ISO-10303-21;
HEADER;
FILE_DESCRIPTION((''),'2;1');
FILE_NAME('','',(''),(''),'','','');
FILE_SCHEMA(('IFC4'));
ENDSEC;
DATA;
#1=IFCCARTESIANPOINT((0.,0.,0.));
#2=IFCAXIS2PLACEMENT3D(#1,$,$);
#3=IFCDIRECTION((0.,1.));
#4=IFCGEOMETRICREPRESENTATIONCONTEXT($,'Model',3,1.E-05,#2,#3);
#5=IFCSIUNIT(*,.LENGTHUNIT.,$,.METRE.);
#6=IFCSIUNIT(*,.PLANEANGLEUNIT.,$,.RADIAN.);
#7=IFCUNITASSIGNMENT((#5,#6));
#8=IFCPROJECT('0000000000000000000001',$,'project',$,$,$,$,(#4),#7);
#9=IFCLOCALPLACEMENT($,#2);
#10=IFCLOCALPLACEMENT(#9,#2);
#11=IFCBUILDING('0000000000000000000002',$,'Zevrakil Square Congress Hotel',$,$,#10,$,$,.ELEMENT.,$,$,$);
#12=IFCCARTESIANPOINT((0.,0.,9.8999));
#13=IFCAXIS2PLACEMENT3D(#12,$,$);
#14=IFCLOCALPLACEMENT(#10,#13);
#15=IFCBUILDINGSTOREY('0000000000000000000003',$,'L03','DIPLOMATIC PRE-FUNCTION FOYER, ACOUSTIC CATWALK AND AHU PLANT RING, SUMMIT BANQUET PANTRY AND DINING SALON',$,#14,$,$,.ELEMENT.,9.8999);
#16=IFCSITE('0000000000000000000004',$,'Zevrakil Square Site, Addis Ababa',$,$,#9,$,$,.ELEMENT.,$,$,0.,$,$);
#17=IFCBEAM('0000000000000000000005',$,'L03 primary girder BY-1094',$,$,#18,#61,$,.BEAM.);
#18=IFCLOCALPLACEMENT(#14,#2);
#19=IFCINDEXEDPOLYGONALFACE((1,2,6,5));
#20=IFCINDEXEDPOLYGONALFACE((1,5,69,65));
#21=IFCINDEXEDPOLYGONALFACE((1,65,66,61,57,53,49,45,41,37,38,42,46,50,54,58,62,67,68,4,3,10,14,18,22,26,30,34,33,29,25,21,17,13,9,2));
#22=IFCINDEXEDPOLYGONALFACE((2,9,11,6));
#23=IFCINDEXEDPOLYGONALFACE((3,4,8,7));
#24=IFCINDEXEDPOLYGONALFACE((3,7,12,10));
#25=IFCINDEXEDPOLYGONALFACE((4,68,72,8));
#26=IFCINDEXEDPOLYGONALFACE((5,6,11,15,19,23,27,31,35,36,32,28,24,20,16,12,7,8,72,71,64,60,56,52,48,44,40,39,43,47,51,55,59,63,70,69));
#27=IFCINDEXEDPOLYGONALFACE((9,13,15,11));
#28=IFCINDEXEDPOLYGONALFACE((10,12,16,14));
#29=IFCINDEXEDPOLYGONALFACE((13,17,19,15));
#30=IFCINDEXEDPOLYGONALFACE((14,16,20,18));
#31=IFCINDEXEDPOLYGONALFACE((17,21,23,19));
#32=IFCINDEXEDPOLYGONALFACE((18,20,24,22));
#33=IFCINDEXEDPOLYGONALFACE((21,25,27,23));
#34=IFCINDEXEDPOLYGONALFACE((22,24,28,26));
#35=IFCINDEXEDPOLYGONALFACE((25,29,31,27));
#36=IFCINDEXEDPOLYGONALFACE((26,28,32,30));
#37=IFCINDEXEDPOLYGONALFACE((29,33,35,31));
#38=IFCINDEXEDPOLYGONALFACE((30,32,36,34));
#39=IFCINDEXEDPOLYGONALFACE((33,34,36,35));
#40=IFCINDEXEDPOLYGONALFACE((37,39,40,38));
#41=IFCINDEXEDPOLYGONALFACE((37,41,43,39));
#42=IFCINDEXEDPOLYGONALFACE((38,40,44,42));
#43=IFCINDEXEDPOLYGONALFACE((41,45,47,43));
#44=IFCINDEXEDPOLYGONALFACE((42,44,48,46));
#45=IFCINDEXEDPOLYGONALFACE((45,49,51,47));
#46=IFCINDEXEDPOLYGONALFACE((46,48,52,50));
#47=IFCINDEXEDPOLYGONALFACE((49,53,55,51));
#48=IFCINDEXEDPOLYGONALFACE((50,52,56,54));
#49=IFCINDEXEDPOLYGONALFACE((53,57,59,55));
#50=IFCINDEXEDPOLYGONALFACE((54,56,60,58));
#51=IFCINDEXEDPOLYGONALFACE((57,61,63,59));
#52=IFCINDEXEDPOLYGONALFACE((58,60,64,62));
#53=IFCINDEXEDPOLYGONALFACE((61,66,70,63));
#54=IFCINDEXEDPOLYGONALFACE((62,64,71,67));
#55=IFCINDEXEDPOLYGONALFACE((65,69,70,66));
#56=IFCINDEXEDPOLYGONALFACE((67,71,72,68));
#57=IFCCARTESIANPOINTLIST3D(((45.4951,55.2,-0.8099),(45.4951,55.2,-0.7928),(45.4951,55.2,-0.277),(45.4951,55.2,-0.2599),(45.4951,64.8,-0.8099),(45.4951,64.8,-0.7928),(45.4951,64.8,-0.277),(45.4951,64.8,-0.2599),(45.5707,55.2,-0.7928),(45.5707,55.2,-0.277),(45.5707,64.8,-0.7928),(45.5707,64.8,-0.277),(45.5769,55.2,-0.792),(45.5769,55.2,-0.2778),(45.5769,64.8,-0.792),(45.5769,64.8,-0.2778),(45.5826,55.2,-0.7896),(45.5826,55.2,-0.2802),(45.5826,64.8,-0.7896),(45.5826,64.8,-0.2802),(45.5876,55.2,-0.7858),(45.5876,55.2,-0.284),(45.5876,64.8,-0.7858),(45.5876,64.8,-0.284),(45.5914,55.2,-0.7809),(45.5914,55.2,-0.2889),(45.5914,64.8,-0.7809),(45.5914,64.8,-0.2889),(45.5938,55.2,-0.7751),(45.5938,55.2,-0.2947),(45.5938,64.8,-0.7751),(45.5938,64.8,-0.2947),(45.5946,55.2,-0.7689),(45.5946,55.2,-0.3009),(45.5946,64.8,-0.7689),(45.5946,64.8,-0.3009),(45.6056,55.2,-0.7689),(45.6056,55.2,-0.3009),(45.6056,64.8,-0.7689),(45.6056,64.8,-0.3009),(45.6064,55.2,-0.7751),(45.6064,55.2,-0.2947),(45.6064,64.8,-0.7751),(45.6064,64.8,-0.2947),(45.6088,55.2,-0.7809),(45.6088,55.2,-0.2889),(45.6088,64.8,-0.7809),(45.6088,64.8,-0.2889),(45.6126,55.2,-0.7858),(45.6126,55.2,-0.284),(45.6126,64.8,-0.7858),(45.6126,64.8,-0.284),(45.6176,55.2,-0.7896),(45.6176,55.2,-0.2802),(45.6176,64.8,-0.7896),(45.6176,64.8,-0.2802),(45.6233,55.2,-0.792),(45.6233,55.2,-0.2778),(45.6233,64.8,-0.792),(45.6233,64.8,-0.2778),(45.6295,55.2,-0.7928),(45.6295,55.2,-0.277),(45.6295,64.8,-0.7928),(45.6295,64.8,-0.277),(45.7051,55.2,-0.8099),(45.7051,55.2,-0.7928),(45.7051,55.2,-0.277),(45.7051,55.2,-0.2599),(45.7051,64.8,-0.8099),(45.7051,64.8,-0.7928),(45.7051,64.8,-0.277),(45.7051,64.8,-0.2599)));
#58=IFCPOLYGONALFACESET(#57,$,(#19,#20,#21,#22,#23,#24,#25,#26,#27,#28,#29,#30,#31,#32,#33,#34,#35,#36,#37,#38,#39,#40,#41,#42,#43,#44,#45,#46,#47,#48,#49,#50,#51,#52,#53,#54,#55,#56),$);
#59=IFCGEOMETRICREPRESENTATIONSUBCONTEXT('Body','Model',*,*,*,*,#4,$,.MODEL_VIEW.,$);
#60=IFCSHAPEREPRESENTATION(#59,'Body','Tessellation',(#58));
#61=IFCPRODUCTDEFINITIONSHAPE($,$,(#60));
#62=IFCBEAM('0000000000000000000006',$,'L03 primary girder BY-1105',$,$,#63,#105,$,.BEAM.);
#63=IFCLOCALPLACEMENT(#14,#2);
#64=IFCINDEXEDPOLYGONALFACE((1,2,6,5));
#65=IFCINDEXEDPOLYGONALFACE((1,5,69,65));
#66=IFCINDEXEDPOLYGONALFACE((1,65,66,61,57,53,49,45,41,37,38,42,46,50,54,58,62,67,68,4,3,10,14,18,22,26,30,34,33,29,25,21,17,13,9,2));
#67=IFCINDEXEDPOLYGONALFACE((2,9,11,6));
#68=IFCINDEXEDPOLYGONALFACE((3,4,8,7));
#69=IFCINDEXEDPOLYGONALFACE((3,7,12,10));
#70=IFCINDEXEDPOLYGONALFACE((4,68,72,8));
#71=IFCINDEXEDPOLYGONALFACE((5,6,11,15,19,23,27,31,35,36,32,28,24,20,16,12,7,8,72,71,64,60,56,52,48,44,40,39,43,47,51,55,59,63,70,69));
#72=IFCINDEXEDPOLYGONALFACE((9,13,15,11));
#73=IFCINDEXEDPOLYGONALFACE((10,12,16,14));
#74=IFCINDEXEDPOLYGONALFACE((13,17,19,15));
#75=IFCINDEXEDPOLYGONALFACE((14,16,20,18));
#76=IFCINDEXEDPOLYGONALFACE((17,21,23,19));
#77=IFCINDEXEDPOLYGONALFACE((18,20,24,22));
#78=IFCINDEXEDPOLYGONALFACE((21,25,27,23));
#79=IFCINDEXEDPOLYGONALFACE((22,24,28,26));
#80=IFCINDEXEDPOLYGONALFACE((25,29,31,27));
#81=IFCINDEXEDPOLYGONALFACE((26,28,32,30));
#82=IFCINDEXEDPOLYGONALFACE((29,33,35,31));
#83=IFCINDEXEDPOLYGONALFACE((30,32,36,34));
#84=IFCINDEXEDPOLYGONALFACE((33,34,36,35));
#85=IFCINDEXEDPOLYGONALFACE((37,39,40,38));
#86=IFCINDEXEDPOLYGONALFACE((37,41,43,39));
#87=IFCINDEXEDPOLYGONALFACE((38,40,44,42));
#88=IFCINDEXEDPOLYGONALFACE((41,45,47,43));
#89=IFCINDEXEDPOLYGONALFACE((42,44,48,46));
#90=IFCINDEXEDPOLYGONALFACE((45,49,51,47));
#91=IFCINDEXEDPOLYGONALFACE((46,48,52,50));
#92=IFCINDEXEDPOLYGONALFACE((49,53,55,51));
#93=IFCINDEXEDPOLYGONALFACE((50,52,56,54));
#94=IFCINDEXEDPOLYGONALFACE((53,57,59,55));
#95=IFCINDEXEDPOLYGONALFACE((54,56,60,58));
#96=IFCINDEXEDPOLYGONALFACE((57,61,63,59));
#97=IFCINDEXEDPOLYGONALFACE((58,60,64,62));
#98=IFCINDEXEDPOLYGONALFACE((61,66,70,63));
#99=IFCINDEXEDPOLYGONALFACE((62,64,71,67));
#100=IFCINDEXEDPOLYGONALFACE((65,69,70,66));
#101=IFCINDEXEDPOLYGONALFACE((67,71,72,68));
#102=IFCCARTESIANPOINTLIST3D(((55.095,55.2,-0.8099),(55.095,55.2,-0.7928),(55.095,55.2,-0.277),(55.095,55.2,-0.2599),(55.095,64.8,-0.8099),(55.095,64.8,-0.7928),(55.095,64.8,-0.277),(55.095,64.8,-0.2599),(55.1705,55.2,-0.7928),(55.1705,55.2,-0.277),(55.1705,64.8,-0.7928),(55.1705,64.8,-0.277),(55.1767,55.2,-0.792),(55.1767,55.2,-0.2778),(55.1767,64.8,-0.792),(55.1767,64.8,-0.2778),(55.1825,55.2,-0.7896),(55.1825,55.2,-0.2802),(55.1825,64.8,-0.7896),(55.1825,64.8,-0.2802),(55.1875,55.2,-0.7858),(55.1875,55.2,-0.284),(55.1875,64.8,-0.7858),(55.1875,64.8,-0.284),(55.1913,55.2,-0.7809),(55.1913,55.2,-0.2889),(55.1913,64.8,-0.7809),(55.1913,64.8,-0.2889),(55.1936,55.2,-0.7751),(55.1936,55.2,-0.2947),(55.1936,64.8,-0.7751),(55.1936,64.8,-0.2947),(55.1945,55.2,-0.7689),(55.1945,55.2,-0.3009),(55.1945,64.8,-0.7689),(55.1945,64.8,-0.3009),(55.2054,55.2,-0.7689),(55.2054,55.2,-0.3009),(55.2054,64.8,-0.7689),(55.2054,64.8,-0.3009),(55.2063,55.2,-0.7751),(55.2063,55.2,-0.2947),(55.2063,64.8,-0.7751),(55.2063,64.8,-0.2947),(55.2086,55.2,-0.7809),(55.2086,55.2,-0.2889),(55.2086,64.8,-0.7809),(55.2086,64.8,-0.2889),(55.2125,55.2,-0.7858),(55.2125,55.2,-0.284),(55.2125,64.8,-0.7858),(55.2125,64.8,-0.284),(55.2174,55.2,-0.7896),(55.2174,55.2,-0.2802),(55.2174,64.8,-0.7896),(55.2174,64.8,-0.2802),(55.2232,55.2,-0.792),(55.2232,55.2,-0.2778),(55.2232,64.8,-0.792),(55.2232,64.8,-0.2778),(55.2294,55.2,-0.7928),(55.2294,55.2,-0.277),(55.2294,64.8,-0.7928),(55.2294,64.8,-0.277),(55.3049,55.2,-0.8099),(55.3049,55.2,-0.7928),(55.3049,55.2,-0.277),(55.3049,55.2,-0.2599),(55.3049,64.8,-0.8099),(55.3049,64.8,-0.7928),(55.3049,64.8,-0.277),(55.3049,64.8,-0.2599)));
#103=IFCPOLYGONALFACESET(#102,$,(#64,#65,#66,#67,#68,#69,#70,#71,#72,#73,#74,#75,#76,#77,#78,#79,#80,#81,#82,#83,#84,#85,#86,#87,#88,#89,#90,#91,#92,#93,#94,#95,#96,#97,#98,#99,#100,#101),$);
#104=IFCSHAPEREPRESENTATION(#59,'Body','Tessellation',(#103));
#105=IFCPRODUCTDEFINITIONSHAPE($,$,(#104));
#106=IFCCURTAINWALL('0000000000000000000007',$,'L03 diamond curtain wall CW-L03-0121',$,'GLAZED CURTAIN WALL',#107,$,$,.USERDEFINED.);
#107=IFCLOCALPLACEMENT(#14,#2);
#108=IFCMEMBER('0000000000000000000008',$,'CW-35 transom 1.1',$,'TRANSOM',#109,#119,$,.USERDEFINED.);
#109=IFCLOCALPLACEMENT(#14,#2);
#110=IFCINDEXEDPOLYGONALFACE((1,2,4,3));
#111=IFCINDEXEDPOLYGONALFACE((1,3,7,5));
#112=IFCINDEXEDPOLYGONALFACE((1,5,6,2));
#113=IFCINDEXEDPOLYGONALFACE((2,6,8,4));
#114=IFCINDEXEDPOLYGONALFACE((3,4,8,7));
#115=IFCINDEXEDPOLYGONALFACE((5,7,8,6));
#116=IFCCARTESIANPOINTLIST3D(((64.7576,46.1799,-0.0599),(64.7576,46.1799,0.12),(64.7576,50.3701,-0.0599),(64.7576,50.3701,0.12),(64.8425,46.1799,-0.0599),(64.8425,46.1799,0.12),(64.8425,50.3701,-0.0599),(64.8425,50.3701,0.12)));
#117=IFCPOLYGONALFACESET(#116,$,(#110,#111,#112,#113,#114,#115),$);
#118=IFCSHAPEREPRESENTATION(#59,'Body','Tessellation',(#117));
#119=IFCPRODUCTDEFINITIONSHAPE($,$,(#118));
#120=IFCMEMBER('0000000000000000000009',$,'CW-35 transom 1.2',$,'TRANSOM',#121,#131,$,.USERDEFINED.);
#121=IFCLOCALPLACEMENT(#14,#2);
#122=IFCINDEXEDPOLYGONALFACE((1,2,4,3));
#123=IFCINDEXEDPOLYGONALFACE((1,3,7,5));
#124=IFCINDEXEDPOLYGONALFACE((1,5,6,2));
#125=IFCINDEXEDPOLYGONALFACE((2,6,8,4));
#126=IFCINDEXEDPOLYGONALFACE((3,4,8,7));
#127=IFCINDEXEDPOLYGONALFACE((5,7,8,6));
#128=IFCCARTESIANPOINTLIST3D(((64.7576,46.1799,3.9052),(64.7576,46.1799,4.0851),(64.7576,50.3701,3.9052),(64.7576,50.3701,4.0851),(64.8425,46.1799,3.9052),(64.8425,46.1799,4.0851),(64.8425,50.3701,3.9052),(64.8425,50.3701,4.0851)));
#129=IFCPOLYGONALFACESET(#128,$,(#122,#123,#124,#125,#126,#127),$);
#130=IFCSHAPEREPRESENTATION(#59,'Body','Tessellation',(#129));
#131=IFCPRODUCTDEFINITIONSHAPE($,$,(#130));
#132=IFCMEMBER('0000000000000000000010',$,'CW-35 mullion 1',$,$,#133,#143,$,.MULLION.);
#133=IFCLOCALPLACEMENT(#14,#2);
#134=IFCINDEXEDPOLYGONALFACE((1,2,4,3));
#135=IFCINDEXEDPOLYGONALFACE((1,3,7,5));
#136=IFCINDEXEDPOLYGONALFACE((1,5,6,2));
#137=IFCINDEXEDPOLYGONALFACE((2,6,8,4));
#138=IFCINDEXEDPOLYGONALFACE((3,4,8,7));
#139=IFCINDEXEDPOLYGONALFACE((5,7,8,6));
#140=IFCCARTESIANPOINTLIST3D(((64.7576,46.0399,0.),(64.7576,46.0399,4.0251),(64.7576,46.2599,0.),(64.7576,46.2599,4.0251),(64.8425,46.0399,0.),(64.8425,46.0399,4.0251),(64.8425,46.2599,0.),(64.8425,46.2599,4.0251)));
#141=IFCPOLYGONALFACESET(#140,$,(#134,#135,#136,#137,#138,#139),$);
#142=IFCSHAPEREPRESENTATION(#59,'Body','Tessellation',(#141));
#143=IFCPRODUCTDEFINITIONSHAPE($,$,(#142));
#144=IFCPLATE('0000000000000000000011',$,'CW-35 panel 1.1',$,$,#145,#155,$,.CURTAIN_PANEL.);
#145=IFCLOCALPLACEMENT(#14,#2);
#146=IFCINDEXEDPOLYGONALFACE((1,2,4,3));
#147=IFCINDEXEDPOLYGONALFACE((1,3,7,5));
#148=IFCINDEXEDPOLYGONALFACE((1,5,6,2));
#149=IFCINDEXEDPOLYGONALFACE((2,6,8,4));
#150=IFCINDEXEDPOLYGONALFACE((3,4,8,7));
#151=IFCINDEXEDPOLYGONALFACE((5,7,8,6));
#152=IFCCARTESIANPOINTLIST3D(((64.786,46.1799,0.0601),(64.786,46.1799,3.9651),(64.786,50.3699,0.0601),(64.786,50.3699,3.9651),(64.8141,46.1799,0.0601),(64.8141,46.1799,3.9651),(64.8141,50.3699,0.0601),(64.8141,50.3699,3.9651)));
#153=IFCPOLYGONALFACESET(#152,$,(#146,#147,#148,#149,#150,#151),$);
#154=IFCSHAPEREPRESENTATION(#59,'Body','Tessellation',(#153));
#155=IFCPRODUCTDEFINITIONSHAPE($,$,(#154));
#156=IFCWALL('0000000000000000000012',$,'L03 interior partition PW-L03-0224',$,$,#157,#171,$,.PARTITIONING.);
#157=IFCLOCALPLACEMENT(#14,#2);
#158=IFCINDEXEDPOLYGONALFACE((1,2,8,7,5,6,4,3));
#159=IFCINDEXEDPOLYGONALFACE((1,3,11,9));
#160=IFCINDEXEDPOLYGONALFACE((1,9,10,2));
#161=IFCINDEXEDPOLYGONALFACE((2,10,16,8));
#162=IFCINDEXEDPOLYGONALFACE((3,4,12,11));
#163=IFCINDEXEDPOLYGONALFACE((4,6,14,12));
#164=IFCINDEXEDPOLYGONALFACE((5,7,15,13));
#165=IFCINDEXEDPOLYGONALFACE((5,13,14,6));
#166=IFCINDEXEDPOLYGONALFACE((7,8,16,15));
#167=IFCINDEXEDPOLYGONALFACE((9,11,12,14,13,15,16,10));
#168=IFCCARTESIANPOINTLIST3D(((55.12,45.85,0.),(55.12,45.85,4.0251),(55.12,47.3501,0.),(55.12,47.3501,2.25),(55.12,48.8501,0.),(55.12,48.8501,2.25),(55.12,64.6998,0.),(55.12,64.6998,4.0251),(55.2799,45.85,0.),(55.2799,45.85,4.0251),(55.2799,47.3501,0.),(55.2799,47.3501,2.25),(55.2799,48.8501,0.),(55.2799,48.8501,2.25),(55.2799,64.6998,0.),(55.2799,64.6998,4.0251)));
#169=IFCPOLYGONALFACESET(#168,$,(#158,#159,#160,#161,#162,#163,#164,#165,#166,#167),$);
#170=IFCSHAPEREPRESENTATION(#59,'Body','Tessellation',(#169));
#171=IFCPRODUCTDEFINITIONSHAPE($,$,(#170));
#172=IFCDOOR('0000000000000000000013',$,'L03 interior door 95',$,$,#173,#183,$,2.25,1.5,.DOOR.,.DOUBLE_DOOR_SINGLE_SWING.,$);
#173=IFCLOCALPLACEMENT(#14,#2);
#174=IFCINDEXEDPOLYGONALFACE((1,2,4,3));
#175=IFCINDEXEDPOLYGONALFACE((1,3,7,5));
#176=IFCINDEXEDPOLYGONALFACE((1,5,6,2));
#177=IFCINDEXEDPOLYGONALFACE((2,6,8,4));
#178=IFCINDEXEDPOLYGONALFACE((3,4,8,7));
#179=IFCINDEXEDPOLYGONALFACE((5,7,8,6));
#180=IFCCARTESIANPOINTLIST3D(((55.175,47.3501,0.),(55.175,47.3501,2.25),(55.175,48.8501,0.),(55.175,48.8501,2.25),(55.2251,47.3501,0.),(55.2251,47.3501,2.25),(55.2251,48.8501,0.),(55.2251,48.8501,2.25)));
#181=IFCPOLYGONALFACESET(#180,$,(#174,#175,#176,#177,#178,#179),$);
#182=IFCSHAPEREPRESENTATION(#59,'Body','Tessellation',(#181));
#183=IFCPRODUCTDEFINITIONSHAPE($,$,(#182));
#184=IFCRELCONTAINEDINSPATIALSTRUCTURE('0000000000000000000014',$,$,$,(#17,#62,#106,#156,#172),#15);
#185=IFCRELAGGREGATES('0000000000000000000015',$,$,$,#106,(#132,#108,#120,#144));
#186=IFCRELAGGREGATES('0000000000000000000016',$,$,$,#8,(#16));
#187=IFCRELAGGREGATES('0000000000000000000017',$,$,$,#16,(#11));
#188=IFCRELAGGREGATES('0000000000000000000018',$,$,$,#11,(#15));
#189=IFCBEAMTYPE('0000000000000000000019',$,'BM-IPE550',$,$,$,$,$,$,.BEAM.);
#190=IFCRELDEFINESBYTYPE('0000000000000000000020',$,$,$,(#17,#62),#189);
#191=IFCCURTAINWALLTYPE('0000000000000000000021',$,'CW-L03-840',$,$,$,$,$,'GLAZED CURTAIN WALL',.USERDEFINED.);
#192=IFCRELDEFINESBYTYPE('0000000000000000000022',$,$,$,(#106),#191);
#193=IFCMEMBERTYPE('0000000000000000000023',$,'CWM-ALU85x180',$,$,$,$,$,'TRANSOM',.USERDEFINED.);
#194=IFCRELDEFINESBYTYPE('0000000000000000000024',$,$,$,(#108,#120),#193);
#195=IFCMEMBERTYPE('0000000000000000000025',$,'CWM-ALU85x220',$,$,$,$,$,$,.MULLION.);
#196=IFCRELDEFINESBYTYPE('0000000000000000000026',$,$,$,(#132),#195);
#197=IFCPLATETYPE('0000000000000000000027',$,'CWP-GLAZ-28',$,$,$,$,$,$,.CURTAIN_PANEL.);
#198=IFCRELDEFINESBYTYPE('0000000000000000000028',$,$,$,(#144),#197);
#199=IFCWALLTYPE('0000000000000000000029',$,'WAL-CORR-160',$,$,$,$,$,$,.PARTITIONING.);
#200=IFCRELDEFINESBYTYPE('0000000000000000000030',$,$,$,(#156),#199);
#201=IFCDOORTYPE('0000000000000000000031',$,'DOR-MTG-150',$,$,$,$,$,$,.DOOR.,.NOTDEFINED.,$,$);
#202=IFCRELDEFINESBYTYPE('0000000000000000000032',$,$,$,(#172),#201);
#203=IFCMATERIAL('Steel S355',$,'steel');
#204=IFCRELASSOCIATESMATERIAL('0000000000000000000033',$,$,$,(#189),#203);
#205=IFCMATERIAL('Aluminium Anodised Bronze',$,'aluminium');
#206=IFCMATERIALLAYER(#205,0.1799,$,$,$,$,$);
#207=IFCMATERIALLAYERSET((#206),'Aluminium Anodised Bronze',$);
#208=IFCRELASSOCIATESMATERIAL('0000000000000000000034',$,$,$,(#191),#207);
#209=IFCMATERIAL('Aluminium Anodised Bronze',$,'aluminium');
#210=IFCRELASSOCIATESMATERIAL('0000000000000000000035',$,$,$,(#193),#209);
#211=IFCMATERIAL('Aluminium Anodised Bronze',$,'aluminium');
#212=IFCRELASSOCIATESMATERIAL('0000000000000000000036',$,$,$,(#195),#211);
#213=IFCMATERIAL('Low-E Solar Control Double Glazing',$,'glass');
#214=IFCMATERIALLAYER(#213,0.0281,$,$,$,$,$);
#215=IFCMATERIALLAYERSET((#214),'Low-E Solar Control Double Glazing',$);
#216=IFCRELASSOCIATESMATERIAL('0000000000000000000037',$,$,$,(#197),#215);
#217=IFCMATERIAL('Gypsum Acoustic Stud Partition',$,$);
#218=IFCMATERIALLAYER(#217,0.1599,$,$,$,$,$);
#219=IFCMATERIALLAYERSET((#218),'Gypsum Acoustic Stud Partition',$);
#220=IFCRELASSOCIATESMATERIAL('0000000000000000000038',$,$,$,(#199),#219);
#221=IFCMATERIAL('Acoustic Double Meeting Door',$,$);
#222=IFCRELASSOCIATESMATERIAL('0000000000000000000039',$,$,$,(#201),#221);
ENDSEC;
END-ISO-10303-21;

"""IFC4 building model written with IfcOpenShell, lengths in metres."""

from ifc_helpers import new_model, si_unit, direction, frame, frame_2d, origin, origin_2d, place, context, subcontext, project, spatial, rectangle, i_section, extrude, material, layer, layer_set, material_profile, profile_set, type_object, element, fill, aggregate, save


model = new_model("IFC4")

# Units and contexts
model_context = context("Model", 3, precision=1e-05, world=origin(), true_north=direction((0.0, 1.0)))
body_context = subcontext(model_context, "Body", "Model", "MODEL_VIEW")
ifc_project = project(units=[si_unit("LENGTHUNIT", "METRE"), si_unit("PLANEANGLEUNIT", "RADIAN")], contexts=[model_context])

# Site, building, storey
site_placement = place(None, origin())
site = spatial("IfcSite", under=ifc_project, at=site_placement, Name="Zevrakil Square Site, Addis Ababa", CompositionType="ELEMENT", RefElevation=0.0)
building_placement = place(site_placement, origin())
building = spatial("IfcBuilding", under=site, at=building_placement, Name="Zevrakil Square Congress Hotel", CompositionType="ELEMENT")
storey_placement = place(building_placement, frame((0.0, 0.0, 9.8999)))
storey = spatial("IfcBuildingStorey", under=building, at=storey_placement, Name="L03", Description="DIPLOMATIC PRE-FUNCTION FOYER, ACOUSTIC CATWALK AND AHU PLANT RING, SUMMIT BANQUET PANTRY AND DINING SALON", CompositionType="ELEMENT", Elevation=9.8999)

# Beams
ifc_material_1 = material(Name="Steel S355", Category="steel")
ifc_material_profile_1 = material_profile(ifc_material_1, i_section(OverallWidth=0.21, OverallDepth=0.55, WebThickness=0.011, FlangeThickness=0.0171, FilletRadius=0.0239, at=origin_2d()), Name="IPE 550")
ifc_profile_set_1 = profile_set([ifc_material_profile_1], Name="Steel S355")
beam_type_1 = type_object("IfcBeamType", Name="BM-IPE550", PredefinedType="BEAM", material=ifc_profile_set_1)
for number, where, z_axis, x_axis, name in (
    (1, (45.6001, 55.2, -0.5349), (0.0, 1.0, 0.0), (-1.0, 0.0, 0.0), "L03 primary girder BY-1094"),
    (2, (55.2, 55.2, -0.5349), (0.0, 1.0, 0.0), (-1.0, 0.0, 0.0), "L03 primary girder BY-1105"),
):
    element("IfcBeam", number, at=place(storey_placement, frame(where, z_axis=z_axis, x_axis=x_axis)), inside=storey, type_object=beam_type_1, Name=name, PredefinedType="BEAM", context=body_context, shape_type="SweptSolid", body=[
        extrude(i_section(OverallWidth=0.21, OverallDepth=0.55, WebThickness=0.011, FlangeThickness=0.0171, FilletRadius=0.0239, at=origin_2d()), origin(), (0.0, 0.0, 1.0), 9.6001),
    ])

# Curtain wall, members, plate
ifc_material_2 = material(Name="Aluminium Anodised Bronze", Category="aluminium")
ifc_layer_1 = layer(ifc_material_2, 0.1799)
ifc_layer_set_1 = layer_set([ifc_layer_1], Name="Aluminium Anodised Bronze")
curtain_wall_type = type_object("IfcCurtainWallType", Name="CW-L03-840", ElementType="GLAZED CURTAIN WALL", PredefinedType="USERDEFINED", material=ifc_layer_set_1)
curtain_wall_placement = place(storey_placement, origin())
curtain_wall = element("IfcCurtainWall", 3, at=curtain_wall_placement, inside=storey, type_object=curtain_wall_type, Name="L03 diamond curtain wall CW-L03-0121", ObjectType="GLAZED CURTAIN WALL", PredefinedType="USERDEFINED")
ifc_material_3 = material(Name="Aluminium Anodised Bronze", Category="aluminium")
ifc_material_profile_2 = material_profile(ifc_material_3, rectangle(XDim=0.085, YDim=0.1799, at=origin_2d()), Name="ALU 85x180")
ifc_profile_set_2 = profile_set([ifc_material_profile_2], Name="Aluminium Anodised Bronze")
member_type_1 = type_object("IfcMemberType", Name="CWM-ALU85x180", ElementType="TRANSOM", PredefinedType="USERDEFINED", material=ifc_profile_set_2)
member_1_placement = place(storey_placement, frame((64.8, 46.1799, 0.03), z_axis=(0.0, 1.0, 0.0), x_axis=(-1.0, 0.0, 0.0)))
member_1 = element("IfcMember", 4, at=member_1_placement, type_object=member_type_1, Name="CW-35 transom 1.1", ObjectType="TRANSOM", PredefinedType="USERDEFINED", context=body_context, shape_type="SweptSolid", body=[
    extrude(rectangle(XDim=0.085, YDim=0.1799, at=origin_2d()), origin(), (0.0, 0.0, 1.0), 4.1902),
])
member_2_placement = place(storey_placement, frame((64.8, 46.1799, 3.9951), z_axis=(0.0, 1.0, 0.0), x_axis=(-1.0, 0.0, 0.0)))
member_2 = element("IfcMember", 5, at=member_2_placement, type_object=member_type_1, Name="CW-35 transom 1.2", ObjectType="TRANSOM", PredefinedType="USERDEFINED", context=body_context, shape_type="SweptSolid", body=[
    extrude(rectangle(XDim=0.085, YDim=0.1799, at=origin_2d()), origin(), (0.0, 0.0, 1.0), 4.1902),
])
ifc_material_4 = material(Name="Aluminium Anodised Bronze", Category="aluminium")
ifc_material_profile_3 = material_profile(ifc_material_4, rectangle(XDim=0.085, YDim=0.22, at=origin_2d()), Name="ALU 85x220")
ifc_profile_set_3 = profile_set([ifc_material_profile_3], Name="Aluminium Anodised Bronze")
member_type_2 = type_object("IfcMemberType", Name="CWM-ALU85x220", PredefinedType="MULLION", material=ifc_profile_set_3)
member_3_placement = place(storey_placement, frame((64.8, 46.1499, 0.0), z_axis=(0.0, 0.0, 1.0), x_axis=(-1.0, 0.0, 0.0)))
member_3 = element("IfcMember", 6, at=member_3_placement, type_object=member_type_2, Name="CW-35 mullion 1", PredefinedType="MULLION", context=body_context, shape_type="SweptSolid", body=[
    extrude(rectangle(XDim=0.085, YDim=0.22, at=origin_2d()), origin(), (0.0, 0.0, 1.0), 4.0251),
])
ifc_material_5 = material(Name="Low-E Solar Control Double Glazing", Category="glass")
ifc_layer_2 = layer(ifc_material_5, 0.0281)
ifc_layer_set_2 = layer_set([ifc_layer_2], Name="Low-E Solar Control Double Glazing")
plate_type = type_object("IfcPlateType", Name="CWP-GLAZ-28", PredefinedType="CURTAIN_PANEL", material=ifc_layer_set_2)
plate_placement = place(storey_placement, frame((64.8, 48.2749, 0.0601), z_axis=(0.0, 0.0, 1.0), x_axis=(0.0, 1.0, 0.0)))
plate = element("IfcPlate", 7, at=plate_placement, type_object=plate_type, Name="CW-35 panel 1.1", PredefinedType="CURTAIN_PANEL", context=body_context, shape_type="SweptSolid", body=[
    extrude(rectangle(XDim=4.1899, YDim=0.0281, at=origin_2d()), origin(), (0.0, 0.0, 1.0), 3.905),
])
aggregate(curtain_wall, [member_3, member_1, member_2, plate])

# Wall, opening, door
ifc_material_6 = material(Name="Gypsum Acoustic Stud Partition")
ifc_layer_3 = layer(ifc_material_6, 0.1599)
ifc_layer_set_3 = layer_set([ifc_layer_3], Name="Gypsum Acoustic Stud Partition")
wall_type_1 = type_object("IfcWallType", Name="WAL-CORR-160", PredefinedType="PARTITIONING", material=ifc_layer_set_3)
wall_1_placement = place(storey_placement, frame((55.2, 45.8501, 0.0), z_axis=(0.0, 0.0, 1.0), x_axis=(0.0, 1.0, 0.0)))
wall_1 = element("IfcWall", 8, at=wall_1_placement, inside=storey, type_object=wall_type_1, Name="L03 interior partition PW-L03-0224", PredefinedType="PARTITIONING", context=body_context, shape_type="SweptSolid", body=[
    extrude(rectangle(XDim=18.8499, YDim=0.1599, at=frame_2d((9.4248, 0.0))), origin(), (0.0, 0.0, 1.0), 4.0251),
])
opening_1_placement = place(wall_1_placement, frame((1.5, 0.0, 0.0)))
opening_1 = element("IfcOpeningElement", 9, at=opening_1_placement, cuts=wall_1, PredefinedType="OPENING", context=body_context, shape_type="SweptSolid", body=[
    extrude(rectangle(XDim=1.5, YDim=2.25, at=frame_2d((0.75, 1.125))), frame((0.0, 0.0898, 0.0), z_axis=(0.0, -1.0, 0.0), x_axis=(1.0, 0.0, 0.0)), (0.0, 0.0, 1.0), 0.1799),
])
ifc_material_7 = material(Name="Acoustic Double Meeting Door")
door_type_1 = type_object("IfcDoorType", Name="DOR-MTG-150", OperationType="NOTDEFINED", PredefinedType="DOOR", material=ifc_material_7)
door_1_placement = place(opening_1_placement, origin())
door_1 = element("IfcDoor", 10, at=door_1_placement, inside=storey, type_object=door_type_1, Name="L03 interior door 95", OperationType="DOUBLE_DOOR_SINGLE_SWING", OverallHeight=2.25, OverallWidth=1.5, PredefinedType="DOOR", context=body_context, shape_type="SweptSolid", body=[
    extrude(rectangle(XDim=1.5, YDim=2.25, at=frame_2d((0.75, 1.125))), frame((0.0, 0.0249, 0.0), z_axis=(0.0, -1.0, 0.0), x_axis=(1.0, 0.0, 0.0)), (0.0, 0.0, 1.0), 0.05),
])
fill(opening_1, door_1)

save(model, "model.ifc")
